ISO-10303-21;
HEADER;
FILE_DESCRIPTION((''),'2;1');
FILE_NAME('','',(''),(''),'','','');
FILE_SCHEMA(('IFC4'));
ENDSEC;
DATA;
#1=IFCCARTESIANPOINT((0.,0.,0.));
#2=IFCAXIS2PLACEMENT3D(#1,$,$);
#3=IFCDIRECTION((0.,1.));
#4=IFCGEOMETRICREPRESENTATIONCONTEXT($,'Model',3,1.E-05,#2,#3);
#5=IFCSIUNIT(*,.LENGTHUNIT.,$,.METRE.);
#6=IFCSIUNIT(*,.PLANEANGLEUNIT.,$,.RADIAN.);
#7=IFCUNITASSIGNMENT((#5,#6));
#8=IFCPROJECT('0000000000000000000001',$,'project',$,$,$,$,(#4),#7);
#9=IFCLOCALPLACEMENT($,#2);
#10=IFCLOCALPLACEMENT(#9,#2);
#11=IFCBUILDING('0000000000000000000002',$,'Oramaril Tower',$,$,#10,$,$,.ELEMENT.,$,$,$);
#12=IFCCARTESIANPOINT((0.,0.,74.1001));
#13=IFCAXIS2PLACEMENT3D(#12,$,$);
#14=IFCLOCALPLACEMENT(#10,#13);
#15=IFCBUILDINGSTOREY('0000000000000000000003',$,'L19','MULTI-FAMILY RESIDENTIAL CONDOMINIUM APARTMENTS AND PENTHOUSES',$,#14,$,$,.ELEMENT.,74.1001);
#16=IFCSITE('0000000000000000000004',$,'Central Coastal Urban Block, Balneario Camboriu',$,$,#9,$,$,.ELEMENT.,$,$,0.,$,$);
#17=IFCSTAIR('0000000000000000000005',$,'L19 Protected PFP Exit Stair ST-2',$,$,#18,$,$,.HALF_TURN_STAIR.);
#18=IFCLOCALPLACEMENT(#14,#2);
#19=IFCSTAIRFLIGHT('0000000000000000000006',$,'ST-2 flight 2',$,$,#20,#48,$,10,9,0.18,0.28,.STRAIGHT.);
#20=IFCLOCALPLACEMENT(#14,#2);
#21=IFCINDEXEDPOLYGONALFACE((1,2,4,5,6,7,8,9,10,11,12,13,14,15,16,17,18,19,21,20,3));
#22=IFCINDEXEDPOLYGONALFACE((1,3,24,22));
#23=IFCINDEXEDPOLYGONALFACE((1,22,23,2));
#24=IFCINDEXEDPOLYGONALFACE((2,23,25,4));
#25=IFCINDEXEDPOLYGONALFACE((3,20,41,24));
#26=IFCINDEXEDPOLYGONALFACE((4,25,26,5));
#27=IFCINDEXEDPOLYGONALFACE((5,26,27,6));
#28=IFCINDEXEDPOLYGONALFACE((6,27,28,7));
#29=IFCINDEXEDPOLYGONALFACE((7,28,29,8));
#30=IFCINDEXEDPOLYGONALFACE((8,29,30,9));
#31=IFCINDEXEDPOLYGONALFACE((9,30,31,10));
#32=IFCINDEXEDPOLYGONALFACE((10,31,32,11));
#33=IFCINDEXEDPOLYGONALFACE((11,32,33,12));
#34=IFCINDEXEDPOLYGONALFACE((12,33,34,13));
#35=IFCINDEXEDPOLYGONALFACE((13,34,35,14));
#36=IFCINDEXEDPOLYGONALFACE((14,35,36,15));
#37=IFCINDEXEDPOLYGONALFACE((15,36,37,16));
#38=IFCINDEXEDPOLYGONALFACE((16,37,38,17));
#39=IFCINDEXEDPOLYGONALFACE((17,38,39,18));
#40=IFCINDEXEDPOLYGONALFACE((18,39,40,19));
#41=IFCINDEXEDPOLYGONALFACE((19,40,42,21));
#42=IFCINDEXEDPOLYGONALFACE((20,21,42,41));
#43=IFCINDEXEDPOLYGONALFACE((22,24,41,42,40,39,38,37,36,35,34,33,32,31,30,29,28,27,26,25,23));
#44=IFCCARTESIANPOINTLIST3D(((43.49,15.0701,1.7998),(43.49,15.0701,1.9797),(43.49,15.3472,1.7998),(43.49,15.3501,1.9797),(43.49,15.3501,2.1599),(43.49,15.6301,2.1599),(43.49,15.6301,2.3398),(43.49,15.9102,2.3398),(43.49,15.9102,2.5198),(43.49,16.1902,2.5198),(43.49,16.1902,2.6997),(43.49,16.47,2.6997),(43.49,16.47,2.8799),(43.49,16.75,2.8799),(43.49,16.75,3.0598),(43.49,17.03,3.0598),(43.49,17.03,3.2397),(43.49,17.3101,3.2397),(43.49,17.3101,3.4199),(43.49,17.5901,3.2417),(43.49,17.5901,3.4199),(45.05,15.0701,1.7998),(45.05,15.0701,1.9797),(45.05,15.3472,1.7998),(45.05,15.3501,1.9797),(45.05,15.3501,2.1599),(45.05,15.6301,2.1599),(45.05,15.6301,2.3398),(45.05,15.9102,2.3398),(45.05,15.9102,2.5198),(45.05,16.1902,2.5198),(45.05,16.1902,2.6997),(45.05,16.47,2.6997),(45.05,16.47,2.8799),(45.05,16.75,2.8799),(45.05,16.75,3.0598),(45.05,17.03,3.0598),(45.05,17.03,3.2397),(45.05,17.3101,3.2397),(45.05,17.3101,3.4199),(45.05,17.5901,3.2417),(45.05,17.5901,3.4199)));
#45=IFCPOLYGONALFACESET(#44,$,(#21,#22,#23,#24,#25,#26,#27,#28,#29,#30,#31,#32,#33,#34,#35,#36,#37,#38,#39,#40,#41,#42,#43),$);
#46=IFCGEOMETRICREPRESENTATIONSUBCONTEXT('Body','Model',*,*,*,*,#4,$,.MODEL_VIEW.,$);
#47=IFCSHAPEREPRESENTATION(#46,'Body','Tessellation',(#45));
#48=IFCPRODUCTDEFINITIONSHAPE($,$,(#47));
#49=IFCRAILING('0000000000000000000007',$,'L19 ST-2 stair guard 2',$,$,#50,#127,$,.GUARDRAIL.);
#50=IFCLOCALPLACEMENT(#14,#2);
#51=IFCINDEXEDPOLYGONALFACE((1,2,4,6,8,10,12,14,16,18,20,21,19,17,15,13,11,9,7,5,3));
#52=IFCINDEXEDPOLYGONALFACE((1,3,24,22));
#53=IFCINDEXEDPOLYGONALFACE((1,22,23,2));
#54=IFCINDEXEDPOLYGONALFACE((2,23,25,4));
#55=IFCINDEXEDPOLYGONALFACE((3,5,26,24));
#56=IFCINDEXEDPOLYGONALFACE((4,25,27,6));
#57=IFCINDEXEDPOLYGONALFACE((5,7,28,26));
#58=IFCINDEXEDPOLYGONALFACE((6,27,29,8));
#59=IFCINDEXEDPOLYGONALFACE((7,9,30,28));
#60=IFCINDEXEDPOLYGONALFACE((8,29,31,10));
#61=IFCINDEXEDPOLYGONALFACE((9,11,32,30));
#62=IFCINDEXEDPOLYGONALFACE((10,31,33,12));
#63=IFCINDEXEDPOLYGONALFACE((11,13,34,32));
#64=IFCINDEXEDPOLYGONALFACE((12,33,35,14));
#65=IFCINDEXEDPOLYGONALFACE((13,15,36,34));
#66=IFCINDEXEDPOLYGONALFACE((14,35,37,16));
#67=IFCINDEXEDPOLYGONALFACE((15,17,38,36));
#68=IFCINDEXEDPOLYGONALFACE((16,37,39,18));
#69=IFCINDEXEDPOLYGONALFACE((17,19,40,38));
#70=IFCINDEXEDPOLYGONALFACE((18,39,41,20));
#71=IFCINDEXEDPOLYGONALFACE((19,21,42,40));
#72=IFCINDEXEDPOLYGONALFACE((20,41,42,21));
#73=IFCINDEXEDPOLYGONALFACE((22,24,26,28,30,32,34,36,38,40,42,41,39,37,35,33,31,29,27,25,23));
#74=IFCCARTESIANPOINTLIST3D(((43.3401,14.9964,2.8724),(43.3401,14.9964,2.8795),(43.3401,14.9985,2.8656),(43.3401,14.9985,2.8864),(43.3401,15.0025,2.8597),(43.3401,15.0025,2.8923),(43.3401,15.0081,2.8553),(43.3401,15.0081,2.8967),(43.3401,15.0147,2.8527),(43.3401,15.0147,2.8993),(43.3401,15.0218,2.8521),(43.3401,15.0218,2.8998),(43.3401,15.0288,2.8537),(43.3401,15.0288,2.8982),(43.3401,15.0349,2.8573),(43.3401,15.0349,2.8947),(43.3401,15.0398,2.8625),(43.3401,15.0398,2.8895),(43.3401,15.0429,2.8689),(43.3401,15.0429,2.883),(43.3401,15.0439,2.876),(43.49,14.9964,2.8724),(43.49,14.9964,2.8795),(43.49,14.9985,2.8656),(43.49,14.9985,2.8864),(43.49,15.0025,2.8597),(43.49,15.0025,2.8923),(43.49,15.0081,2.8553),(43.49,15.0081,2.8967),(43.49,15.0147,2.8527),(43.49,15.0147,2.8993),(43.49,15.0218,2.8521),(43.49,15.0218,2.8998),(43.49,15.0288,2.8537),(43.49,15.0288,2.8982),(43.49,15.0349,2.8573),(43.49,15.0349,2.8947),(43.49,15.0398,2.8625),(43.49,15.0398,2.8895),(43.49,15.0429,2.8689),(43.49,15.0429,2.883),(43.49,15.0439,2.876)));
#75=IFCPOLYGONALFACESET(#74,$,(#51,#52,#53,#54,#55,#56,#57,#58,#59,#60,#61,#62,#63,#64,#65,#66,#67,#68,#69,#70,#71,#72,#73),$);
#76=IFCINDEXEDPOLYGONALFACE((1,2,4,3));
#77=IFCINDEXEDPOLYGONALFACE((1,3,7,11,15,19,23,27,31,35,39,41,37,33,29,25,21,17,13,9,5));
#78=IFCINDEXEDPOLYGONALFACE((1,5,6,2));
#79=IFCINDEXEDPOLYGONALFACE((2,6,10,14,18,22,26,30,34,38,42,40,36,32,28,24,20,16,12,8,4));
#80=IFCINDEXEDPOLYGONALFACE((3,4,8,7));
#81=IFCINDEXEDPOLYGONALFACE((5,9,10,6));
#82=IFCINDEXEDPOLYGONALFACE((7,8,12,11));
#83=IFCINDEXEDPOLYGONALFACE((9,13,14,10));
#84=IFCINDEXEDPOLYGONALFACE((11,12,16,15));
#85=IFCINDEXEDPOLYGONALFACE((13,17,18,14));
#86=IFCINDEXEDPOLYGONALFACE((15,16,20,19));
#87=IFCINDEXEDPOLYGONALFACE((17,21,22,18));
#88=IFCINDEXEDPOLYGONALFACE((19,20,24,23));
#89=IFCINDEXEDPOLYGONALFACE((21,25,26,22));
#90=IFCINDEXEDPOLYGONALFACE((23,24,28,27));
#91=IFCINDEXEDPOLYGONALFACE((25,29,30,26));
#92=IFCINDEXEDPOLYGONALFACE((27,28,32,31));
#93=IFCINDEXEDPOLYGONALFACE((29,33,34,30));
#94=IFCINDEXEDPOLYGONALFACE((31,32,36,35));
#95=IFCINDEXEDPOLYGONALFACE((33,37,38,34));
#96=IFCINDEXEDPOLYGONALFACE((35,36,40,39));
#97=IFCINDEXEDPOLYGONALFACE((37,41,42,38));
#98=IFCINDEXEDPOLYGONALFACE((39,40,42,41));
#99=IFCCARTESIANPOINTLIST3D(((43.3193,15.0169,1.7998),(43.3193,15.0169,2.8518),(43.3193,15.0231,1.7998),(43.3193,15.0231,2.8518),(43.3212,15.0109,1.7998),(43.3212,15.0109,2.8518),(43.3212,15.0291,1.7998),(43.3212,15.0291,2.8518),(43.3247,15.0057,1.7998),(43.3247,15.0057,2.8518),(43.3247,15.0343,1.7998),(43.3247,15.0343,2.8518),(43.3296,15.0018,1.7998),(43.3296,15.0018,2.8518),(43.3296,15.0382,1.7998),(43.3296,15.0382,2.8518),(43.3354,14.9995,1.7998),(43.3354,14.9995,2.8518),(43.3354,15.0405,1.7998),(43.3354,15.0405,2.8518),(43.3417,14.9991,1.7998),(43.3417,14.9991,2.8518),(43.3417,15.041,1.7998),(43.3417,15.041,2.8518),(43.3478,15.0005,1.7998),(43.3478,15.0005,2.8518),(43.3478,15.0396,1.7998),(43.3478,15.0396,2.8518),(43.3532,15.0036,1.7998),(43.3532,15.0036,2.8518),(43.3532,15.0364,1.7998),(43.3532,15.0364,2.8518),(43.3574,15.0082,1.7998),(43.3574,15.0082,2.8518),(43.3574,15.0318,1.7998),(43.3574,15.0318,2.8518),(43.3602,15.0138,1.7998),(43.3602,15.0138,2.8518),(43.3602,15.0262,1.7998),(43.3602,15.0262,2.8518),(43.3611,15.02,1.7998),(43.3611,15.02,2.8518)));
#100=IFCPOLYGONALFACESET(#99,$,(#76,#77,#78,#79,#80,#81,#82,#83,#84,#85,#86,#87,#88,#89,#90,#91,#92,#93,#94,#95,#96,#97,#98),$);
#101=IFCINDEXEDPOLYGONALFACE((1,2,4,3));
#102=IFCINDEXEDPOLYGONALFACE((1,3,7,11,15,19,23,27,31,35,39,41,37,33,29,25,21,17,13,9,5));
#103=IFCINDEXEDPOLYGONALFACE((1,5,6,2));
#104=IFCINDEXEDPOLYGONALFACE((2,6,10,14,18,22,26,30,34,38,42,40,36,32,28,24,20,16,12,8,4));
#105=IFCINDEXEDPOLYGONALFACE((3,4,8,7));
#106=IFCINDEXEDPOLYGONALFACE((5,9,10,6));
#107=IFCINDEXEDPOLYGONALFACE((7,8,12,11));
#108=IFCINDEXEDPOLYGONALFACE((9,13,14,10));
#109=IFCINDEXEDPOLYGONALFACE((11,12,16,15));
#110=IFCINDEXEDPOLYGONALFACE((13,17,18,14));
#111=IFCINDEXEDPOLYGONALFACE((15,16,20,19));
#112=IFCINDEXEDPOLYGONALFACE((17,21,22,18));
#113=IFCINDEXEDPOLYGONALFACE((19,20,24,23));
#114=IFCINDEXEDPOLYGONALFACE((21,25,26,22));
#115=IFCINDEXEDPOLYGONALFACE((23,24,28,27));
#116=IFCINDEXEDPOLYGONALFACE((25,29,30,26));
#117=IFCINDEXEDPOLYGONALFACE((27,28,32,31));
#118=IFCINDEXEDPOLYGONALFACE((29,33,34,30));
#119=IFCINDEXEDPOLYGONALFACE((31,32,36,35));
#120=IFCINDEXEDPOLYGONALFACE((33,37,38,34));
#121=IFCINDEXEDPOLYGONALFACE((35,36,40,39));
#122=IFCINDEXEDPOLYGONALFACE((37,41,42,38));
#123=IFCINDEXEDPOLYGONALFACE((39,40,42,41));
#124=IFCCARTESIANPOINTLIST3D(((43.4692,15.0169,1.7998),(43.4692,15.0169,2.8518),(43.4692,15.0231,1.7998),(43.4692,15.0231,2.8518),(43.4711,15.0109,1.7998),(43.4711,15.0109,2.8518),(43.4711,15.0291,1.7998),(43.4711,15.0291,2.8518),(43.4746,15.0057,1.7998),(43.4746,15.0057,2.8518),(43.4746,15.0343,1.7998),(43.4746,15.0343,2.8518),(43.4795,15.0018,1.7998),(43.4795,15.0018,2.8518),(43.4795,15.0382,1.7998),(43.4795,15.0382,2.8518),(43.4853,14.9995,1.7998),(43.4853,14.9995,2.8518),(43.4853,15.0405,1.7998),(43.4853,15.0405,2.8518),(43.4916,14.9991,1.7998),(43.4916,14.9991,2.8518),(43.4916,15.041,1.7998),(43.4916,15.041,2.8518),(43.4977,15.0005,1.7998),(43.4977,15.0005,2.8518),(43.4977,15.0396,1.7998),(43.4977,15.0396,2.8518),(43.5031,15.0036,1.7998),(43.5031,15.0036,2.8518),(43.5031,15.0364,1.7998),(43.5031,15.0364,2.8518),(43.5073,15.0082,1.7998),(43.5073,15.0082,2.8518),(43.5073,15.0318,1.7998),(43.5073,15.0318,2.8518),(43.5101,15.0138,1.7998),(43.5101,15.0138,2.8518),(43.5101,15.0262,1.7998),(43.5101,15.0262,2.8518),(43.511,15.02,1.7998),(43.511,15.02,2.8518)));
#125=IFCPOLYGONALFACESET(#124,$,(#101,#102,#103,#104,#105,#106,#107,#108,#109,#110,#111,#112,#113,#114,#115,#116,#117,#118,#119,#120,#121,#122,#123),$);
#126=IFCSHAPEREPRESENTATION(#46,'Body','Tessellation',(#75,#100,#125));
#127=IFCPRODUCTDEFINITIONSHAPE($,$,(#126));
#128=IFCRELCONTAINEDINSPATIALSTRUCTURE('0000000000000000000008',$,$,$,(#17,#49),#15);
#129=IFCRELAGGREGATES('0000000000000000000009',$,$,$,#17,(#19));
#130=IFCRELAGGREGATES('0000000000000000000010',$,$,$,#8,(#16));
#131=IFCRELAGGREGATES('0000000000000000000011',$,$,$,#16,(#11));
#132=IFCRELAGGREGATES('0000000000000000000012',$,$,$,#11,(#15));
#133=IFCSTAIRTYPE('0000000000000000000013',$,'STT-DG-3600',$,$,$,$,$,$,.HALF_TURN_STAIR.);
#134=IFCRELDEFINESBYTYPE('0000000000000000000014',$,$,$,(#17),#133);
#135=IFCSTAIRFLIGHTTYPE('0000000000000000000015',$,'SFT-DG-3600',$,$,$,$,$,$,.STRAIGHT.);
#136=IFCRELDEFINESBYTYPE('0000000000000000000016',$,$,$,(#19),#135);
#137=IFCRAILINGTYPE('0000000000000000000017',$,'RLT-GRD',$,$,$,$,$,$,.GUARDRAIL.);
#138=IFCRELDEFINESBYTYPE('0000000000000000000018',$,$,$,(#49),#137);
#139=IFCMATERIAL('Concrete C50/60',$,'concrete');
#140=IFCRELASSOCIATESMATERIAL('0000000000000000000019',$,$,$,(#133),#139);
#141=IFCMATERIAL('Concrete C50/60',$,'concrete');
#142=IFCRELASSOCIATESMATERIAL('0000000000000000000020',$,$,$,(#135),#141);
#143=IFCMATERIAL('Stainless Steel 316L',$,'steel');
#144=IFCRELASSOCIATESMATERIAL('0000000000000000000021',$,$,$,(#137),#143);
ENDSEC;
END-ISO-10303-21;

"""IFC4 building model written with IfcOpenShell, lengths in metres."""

from ifc_helpers import new_model, si_unit, direction, frame, origin, origin_2d, place, context, subcontext, project, spatial, polyline, circle, outline, extrude, material, type_object, element, aggregate, save


model = new_model("IFC4")

# Units and contexts
model_context = context("Model", 3, precision=1e-05, world=origin(), true_north=direction((0.0, 1.0)))
body_context = subcontext(model_context, "Body", "Model", "MODEL_VIEW")
ifc_project = project(units=[si_unit("LENGTHUNIT", "METRE"), si_unit("PLANEANGLEUNIT", "RADIAN")], contexts=[model_context])

# Site, building, storey
site_placement = place(None, origin())
site = spatial("IfcSite", under=ifc_project, at=site_placement, Name="Central Coastal Urban Block, Balneario Camboriu", CompositionType="ELEMENT", RefElevation=0.0)
building_placement = place(site_placement, origin())
building = spatial("IfcBuilding", under=site, at=building_placement, Name="Oramaril Tower", CompositionType="ELEMENT")
storey_placement = place(building_placement, frame((0.0, 0.0, 74.1001)))
storey = spatial("IfcBuildingStorey", under=building, at=storey_placement, Name="L19", Description="MULTI-FAMILY RESIDENTIAL CONDOMINIUM APARTMENTS AND PENTHOUSES", CompositionType="ELEMENT", Elevation=74.1001)

# Stair, stair flight
ifc_material_1 = material(Name="Concrete C50/60", Category="concrete")
stair_type = type_object("IfcStairType", Name="STT-DG-3600", PredefinedType="HALF_TURN_STAIR", material=ifc_material_1)
stair_placement = place(storey_placement, origin())
stair = element("IfcStair", 1, at=stair_placement, inside=storey, type_object=stair_type, Name="L19 Protected PFP Exit Stair ST-2", PredefinedType="HALF_TURN_STAIR")
ifc_material_2 = material(Name="Concrete C50/60", Category="concrete")
stair_flight_type = type_object("IfcStairFlightType", Name="SFT-DG-3600", PredefinedType="STRAIGHT", material=ifc_material_2)
stair_flight_placement = place(storey_placement, frame((44.27, 15.0701, 1.7998), z_axis=(0.0, 0.0, 1.0), x_axis=(0.0, 1.0, 0.0)))
stair_flight = element("IfcStairFlight", 2, at=stair_flight_placement, type_object=stair_flight_type, Name="ST-2 flight 2", NumberOfRisers=10, NumberOfTreads=9, PredefinedType="STRAIGHT", RiserHeight=0.18, TreadLength=0.28, context=body_context, shape_type="SweptSolid", body=[
    extrude(outline(polyline([(0.0, 0.0), (0.0, 0.1799), (0.28, 0.1799), (0.28, 0.3601), (0.5601, 0.3601), (0.5601, 0.54), (0.8401, 0.54), (0.8401, 0.72), (1.1201, 0.72), (1.1201, 0.8999), (1.3999, 0.8999), (1.3999, 1.0801), (1.6799, 1.0801), (1.6799, 1.26), (1.96, 1.26), (1.96, 1.4399), (2.24, 1.4399), (2.24, 1.6201), (2.52, 1.6201), (2.52, 1.8), (2.52, 1.4419), (0.2771, 0.0), (0.0, 0.0)])), frame((0.0, 0.78, 0.0), z_axis=(0.0, -1.0, 0.0), x_axis=(1.0, 0.0, 0.0)), (0.0, 0.0, 1.0), 1.5601),
])
aggregate(stair, [stair_flight])

# Railing
ifc_material_3 = material(Name="Stainless Steel 316L", Category="steel")
railing_type_1 = type_object("IfcRailingType", Name="RLT-GRD", PredefinedType="GUARDRAIL", material=ifc_material_3)
railing_1_placement = place(storey_placement, frame((43.3401, 15.02, 1.7998)))
element("IfcRailing", 3, at=railing_1_placement, inside=storey, type_object=railing_type_1, Name="L19 ST-2 stair guard 2", PredefinedType="GUARDRAIL", context=body_context, shape_type="SweptSolid", body=[
    extrude(circle(Radius=0.0239, at=origin_2d()), frame((0.0, 0.0, 1.0762), z_axis=(1.0, 0.0, 0.0), x_axis=(0.0, 1.0, 0.0)), (0.0, 0.0, 1.0), 0.1499),
    extrude(circle(Radius=0.021, at=origin_2d()), origin(), (0.0, 0.0, 1.0), 1.052),
    extrude(circle(Radius=0.021, at=origin_2d()), frame((0.1499, 0.0, 0.0)), (0.0, 0.0, 1.0), 1.052),
])

save(model, "model.ifc")
